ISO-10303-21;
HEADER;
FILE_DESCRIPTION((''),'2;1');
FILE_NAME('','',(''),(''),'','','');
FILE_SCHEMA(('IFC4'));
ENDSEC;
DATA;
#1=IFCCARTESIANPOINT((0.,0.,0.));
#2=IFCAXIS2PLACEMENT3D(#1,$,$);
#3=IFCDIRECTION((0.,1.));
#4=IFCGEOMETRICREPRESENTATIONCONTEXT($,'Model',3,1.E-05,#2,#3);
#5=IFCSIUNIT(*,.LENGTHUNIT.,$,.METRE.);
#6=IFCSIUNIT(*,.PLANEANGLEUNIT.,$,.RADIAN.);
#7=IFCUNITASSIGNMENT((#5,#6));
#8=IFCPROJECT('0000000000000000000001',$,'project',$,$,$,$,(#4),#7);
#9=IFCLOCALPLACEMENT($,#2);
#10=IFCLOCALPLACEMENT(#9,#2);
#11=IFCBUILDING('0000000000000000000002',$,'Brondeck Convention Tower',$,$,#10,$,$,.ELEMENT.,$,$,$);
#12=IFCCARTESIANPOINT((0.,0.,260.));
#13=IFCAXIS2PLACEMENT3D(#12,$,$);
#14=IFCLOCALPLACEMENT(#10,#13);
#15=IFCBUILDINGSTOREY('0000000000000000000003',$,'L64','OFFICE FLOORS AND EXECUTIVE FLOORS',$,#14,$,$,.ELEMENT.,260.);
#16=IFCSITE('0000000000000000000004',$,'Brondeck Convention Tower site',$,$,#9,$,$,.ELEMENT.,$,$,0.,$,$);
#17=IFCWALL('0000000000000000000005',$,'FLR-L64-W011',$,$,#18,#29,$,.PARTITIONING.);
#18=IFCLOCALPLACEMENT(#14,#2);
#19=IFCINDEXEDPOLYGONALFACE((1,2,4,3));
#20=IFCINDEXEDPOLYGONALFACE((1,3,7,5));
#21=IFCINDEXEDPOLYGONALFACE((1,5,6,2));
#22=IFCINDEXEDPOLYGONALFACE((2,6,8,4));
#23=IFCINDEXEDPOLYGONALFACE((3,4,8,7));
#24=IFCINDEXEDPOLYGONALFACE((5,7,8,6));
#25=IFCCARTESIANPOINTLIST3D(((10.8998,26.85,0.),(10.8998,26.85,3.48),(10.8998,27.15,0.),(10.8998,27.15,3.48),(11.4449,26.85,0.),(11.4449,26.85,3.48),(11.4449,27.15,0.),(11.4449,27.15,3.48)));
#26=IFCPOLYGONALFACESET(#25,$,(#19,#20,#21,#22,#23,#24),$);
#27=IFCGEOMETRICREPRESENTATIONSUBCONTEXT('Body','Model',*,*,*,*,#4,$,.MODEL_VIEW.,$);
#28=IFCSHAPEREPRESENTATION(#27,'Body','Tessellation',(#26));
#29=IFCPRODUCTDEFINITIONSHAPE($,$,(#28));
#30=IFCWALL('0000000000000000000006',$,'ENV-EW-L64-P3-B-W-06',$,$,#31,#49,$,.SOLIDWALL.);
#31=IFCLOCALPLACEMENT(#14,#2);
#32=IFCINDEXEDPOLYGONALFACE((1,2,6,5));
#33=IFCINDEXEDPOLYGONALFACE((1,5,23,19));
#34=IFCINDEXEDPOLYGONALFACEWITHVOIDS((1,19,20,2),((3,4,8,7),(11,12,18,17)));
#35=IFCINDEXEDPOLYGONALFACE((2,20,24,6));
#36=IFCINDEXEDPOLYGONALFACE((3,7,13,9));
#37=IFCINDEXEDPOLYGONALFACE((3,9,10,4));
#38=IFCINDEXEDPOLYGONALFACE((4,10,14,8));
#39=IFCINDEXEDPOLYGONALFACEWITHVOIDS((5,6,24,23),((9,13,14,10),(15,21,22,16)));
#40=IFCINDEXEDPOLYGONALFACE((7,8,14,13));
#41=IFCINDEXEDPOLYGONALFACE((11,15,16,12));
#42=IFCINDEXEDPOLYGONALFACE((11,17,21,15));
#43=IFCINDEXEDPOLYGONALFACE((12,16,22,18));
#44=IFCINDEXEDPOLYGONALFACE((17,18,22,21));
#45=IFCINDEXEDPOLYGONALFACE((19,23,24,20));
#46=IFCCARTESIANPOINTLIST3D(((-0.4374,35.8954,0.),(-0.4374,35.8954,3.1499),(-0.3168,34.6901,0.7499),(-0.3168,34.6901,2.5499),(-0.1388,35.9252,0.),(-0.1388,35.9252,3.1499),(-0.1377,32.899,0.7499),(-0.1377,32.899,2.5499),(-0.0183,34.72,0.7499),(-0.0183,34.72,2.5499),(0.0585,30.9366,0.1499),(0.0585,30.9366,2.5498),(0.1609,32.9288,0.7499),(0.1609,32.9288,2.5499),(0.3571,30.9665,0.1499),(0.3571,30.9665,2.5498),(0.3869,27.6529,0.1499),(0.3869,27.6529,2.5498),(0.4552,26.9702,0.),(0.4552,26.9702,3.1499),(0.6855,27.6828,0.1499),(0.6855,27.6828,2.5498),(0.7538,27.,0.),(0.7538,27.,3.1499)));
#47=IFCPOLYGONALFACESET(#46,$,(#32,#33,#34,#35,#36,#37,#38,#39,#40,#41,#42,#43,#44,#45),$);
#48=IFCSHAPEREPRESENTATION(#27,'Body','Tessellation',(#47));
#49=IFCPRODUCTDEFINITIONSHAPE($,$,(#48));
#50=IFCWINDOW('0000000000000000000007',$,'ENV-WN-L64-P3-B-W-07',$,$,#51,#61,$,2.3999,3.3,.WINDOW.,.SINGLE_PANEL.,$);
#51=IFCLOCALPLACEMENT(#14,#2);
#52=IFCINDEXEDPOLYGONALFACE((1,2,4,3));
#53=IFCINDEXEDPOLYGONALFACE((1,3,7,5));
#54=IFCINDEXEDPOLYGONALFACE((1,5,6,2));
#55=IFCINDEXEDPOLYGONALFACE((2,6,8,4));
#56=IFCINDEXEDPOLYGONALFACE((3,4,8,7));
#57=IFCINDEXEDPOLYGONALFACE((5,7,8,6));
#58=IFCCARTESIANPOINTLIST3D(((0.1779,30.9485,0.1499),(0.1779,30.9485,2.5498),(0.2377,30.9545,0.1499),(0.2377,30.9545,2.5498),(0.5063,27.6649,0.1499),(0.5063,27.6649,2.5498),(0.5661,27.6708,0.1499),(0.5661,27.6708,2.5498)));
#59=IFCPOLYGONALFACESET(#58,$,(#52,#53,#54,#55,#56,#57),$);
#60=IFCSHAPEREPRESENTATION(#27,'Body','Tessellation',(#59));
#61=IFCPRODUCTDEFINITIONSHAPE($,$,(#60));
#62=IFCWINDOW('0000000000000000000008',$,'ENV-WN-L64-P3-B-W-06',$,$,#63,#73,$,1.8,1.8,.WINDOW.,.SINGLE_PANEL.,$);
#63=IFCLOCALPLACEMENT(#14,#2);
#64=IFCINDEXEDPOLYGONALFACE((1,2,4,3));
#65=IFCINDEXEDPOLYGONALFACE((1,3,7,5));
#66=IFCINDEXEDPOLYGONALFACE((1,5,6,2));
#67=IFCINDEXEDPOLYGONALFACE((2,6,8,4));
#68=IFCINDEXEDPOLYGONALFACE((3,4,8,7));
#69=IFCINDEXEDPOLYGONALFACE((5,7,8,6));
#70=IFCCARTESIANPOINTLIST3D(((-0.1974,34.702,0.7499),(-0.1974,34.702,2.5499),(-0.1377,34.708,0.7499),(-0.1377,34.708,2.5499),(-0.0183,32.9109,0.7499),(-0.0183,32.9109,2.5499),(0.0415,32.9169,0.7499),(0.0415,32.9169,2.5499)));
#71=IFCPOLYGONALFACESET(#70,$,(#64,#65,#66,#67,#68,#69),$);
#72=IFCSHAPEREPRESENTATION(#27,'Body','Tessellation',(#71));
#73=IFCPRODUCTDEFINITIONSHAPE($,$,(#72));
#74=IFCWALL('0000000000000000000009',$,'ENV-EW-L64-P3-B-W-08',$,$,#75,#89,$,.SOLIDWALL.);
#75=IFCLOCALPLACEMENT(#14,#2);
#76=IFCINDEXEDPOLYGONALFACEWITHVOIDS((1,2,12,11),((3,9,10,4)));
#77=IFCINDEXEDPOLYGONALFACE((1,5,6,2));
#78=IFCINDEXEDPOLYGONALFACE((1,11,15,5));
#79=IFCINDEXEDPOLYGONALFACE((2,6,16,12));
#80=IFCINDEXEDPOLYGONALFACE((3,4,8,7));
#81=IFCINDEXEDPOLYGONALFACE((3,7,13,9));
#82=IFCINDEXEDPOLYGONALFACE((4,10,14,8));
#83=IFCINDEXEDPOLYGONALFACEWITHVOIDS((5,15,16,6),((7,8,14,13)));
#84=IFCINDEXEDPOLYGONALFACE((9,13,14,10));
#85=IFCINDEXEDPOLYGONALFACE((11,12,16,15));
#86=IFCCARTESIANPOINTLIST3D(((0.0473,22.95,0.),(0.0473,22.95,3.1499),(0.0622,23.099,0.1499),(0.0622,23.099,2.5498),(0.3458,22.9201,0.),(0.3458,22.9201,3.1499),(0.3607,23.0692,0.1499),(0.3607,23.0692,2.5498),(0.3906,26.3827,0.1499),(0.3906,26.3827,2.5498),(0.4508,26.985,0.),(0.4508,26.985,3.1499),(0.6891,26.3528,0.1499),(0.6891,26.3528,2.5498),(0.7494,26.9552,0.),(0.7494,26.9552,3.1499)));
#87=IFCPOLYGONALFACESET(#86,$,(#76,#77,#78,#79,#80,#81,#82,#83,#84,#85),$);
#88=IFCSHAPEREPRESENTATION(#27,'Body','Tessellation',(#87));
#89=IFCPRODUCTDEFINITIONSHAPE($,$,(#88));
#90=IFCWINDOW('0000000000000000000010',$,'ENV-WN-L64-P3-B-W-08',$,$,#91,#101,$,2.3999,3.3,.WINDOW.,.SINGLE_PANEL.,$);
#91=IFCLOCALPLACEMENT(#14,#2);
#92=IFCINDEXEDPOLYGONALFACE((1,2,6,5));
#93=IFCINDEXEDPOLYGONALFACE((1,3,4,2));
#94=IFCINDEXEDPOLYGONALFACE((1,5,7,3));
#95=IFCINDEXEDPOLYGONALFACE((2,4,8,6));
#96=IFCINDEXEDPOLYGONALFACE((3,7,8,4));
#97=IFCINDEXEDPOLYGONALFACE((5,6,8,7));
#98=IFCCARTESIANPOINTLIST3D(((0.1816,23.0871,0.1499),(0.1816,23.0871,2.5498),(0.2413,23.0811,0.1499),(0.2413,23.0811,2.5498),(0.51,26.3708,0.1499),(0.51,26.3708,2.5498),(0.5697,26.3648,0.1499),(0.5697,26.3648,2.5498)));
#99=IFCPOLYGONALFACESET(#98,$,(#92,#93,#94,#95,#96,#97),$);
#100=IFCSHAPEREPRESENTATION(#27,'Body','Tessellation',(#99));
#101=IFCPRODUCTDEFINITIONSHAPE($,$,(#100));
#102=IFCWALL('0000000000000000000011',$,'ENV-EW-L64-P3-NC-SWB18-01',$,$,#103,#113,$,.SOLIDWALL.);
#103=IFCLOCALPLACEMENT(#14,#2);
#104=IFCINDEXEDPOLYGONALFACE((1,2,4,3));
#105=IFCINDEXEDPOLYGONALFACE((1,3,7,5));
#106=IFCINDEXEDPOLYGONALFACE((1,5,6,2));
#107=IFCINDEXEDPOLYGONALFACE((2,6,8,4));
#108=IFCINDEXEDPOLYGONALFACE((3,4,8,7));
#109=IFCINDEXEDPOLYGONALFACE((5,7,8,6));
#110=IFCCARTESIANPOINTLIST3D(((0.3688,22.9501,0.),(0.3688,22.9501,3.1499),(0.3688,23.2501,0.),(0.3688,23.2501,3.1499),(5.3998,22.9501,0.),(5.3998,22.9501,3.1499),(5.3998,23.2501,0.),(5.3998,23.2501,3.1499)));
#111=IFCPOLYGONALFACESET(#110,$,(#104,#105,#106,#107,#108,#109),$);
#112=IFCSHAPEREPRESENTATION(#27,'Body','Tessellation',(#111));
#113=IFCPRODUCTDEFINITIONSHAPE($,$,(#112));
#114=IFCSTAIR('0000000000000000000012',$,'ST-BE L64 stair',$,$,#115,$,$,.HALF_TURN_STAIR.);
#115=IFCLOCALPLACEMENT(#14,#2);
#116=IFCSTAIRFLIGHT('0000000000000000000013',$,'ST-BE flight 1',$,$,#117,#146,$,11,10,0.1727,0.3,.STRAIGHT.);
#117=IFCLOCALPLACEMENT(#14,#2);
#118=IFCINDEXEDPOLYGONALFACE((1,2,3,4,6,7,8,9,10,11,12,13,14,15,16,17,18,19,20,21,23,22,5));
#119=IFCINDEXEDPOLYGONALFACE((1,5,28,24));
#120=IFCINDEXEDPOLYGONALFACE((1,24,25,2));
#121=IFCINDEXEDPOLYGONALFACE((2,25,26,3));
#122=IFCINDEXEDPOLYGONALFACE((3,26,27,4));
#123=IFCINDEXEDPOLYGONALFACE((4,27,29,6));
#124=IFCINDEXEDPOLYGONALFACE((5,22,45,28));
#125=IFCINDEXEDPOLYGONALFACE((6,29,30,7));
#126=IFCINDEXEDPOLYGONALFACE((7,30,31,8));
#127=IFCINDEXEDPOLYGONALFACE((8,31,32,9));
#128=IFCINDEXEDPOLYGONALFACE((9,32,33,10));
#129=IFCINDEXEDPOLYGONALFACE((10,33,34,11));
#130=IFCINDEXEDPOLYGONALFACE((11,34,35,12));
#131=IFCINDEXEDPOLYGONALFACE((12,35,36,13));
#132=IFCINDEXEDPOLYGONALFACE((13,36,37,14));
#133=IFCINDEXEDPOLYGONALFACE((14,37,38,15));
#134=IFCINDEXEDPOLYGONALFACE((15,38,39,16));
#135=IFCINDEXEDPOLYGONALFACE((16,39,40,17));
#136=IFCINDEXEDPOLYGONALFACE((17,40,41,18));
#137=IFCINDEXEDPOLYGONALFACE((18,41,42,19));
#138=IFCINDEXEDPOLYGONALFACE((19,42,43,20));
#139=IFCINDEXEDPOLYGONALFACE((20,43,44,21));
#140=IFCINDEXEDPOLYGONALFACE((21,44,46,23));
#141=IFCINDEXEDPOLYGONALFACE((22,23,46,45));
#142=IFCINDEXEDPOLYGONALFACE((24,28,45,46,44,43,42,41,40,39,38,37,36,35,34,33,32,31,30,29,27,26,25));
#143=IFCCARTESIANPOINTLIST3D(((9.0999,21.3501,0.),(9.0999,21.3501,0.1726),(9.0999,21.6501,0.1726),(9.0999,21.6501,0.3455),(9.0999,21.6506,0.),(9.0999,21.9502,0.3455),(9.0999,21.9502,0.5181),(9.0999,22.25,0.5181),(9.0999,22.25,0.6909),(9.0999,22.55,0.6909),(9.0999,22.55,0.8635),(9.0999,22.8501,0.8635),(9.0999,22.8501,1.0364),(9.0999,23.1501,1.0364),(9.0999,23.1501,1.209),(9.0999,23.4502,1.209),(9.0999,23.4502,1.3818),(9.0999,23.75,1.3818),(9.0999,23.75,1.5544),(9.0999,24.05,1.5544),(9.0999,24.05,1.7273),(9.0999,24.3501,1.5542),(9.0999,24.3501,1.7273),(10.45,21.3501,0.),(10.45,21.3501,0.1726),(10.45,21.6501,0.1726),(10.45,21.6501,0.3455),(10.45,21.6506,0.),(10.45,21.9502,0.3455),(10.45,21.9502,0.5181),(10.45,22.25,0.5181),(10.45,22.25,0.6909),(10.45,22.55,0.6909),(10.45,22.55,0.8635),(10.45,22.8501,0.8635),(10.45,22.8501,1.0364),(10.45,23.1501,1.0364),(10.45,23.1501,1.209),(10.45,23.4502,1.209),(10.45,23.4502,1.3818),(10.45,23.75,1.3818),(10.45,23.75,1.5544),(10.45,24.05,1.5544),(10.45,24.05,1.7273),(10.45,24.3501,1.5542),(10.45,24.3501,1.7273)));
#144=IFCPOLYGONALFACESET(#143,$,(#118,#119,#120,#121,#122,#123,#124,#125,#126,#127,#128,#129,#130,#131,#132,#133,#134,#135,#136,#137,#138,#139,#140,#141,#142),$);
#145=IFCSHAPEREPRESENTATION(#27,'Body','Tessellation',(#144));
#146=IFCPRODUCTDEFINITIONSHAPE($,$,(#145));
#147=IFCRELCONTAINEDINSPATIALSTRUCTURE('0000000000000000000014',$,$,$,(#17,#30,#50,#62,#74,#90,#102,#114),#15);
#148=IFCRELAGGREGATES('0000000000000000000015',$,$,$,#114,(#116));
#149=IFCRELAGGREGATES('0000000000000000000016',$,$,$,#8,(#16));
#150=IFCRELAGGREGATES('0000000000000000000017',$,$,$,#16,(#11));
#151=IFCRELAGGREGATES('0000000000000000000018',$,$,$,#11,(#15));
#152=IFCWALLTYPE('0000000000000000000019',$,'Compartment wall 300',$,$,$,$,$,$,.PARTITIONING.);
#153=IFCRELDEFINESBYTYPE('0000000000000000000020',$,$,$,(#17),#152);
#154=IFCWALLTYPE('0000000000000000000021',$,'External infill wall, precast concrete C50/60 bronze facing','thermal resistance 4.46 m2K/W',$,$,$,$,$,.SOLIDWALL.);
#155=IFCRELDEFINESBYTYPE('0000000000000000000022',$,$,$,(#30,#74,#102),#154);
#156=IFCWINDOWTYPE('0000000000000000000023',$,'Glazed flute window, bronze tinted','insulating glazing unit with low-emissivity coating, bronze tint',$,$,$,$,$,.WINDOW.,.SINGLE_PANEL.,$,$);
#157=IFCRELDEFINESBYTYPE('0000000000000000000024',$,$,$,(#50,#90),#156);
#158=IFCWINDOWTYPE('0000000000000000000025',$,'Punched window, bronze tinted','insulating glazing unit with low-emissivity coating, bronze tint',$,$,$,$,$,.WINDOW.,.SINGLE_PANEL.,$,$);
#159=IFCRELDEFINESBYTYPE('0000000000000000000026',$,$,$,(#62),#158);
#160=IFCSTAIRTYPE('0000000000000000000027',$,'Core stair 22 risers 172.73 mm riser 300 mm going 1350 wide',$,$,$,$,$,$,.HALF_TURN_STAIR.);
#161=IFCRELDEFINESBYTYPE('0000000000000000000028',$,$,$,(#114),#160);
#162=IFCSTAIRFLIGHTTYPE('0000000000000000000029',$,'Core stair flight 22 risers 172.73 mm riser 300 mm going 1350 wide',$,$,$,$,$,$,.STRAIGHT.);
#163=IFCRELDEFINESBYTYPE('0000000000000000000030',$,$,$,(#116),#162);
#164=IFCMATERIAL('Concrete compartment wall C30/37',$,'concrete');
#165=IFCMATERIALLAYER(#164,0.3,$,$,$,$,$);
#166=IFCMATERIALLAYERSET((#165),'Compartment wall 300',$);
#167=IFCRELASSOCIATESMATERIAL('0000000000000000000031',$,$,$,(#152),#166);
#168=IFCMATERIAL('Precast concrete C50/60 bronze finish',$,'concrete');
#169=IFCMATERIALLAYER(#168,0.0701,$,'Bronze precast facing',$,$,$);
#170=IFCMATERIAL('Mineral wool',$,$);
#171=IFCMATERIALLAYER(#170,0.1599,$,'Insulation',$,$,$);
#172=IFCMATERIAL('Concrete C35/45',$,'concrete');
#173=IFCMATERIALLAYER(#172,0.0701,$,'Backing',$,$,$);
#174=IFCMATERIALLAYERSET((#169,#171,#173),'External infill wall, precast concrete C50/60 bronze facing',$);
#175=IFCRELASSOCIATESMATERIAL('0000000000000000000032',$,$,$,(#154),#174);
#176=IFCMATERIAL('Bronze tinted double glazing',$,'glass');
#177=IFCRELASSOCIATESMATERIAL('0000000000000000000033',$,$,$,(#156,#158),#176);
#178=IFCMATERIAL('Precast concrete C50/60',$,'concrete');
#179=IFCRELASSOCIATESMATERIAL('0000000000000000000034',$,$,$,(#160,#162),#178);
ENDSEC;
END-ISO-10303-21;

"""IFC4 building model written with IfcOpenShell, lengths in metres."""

from ifc_helpers import new_model, si_unit, direction, frame, frame_2d, origin, place, context, subcontext, project, spatial, polyline, rectangle, outline, extrude, material, layer, layer_set, type_object, element, fill, aggregate, save


model = new_model("IFC4")

# Units and contexts
model_context = context("Model", 3, precision=1e-05, world=origin(), true_north=direction((0.0, 1.0)))
body_context = subcontext(model_context, "Body", "Model", "MODEL_VIEW")
ifc_project = project(units=[si_unit("LENGTHUNIT", "METRE"), si_unit("PLANEANGLEUNIT", "RADIAN")], contexts=[model_context])

# Site, building, storey
site_placement = place(None, origin())
site = spatial("IfcSite", under=ifc_project, at=site_placement, Name="Brondeck Convention Tower site", CompositionType="ELEMENT", RefElevation=0.0)
building_placement = place(site_placement, origin())
building = spatial("IfcBuilding", under=site, at=building_placement, Name="Brondeck Convention Tower", CompositionType="ELEMENT")
storey_placement = place(building_placement, frame((0.0, 0.0, 260.0)))
storey = spatial("IfcBuildingStorey", under=building, at=storey_placement, Name="L64", Description="OFFICE FLOORS AND EXECUTIVE FLOORS", CompositionType="ELEMENT", Elevation=260.0)

# Wall
ifc_material_1 = material(Name="Concrete compartment wall C30/37", Category="concrete")
ifc_layer_1 = layer(ifc_material_1, 0.3)
ifc_layer_set_1 = layer_set([ifc_layer_1], Name="Compartment wall 300")
wall_type_1 = type_object("IfcWallType", Name="Compartment wall 300", PredefinedType="PARTITIONING", material=ifc_layer_set_1)
wall_1_placement = place(storey_placement, frame((10.8999, 27.0, 0.0), z_axis=(0.0, 0.0, 1.0), x_axis=(1.0, 0.0, 0.0)))
element("IfcWall", 1, at=wall_1_placement, inside=storey, type_object=wall_type_1, Name="FLR-L64-W011", PredefinedType="PARTITIONING", context=body_context, shape_type="SweptSolid", body=[
    extrude(rectangle(XDim=0.5452, YDim=0.3, at=frame_2d((0.2725, 0.0))), origin(), (0.0, 0.0, 1.0), 3.48),
])

# Wall, openings, windows
ifc_material_2 = material(Name="Precast concrete C50/60 bronze finish", Category="concrete")
ifc_layer_2 = layer(ifc_material_2, 0.0701, Name="Bronze precast facing")
ifc_material_3 = material(Name="Mineral wool")
ifc_layer_3 = layer(ifc_material_3, 0.1599, Name="Insulation")
ifc_material_4 = material(Name="Concrete C35/45", Category="concrete")
ifc_layer_4 = layer(ifc_material_4, 0.0701, Name="Backing")
ifc_layer_set_2 = layer_set([ifc_layer_2, ifc_layer_3, ifc_layer_4], Name="External infill wall, precast concrete C50/60 bronze facing")
wall_type_2 = type_object("IfcWallType", Name="External infill wall, precast concrete C50/60 bronze facing", Description="thermal resistance 4.46 m2K/W", PredefinedType="SOLIDWALL", material=ifc_layer_set_2)
wall_2_placement = place(storey_placement, frame((0.6045, 26.9851, 0.0), z_axis=(0.0, 0.0, 1.0), x_axis=(-0.099509, 0.995037, 0.0)))
wall_2 = element("IfcWall", 2, at=wall_2_placement, inside=storey, type_object=wall_type_2, Name="ENV-EW-L64-P3-B-W-06", PredefinedType="SOLIDWALL", context=body_context, shape_type="SweptSolid", body=[
    extrude(rectangle(XDim=8.9697, YDim=0.3, at=frame_2d((4.4849, 0.0))), origin(), (0.0, 0.0, 1.0), 3.1499),
])
opening_1_placement = place(wall_2_placement, frame((0.6863, 0.0, 0.1499)))
opening_1 = element("IfcOpeningElement", 3, at=opening_1_placement, cuts=wall_2, PredefinedType="OPENING", context=body_context, shape_type="SweptSolid", body=[
    extrude(rectangle(XDim=3.3, YDim=2.3999, at=frame_2d((1.6499, 1.2))), frame((0.0, 0.1599, 0.0), z_axis=(0.0, -1.0, 0.0), x_axis=(1.0, 0.0, 0.0)), (0.0, 0.0, 1.0), 0.3201),
])
opening_2_placement = place(wall_2_placement, frame((5.9585, 0.0, 0.75)))
opening_2 = element("IfcOpeningElement", 4, at=opening_2_placement, cuts=wall_2, PredefinedType="OPENING", context=body_context, shape_type="SweptSolid", body=[
    extrude(rectangle(XDim=1.8, YDim=1.8, at=frame_2d((0.8999, 0.8999))), frame((0.0, 0.1599, 0.0), z_axis=(0.0, -1.0, 0.0), x_axis=(1.0, 0.0, 0.0)), (0.0, 0.0, 1.0), 0.3201),
])
ifc_material_5 = material(Name="Bronze tinted double glazing", Category="glass")
window_type_1 = type_object("IfcWindowType", Name="Glazed flute window, bronze tinted", Description="insulating glazing unit with low-emissivity coating, bronze tint", PartitioningType="SINGLE_PANEL", PredefinedType="WINDOW", material=ifc_material_5)
window_1_placement = place(opening_1_placement, origin())
window_1 = element("IfcWindow", 5, at=window_1_placement, inside=storey, type_object=window_type_1, Name="ENV-WN-L64-P3-B-W-07", OverallHeight=2.3999, OverallWidth=3.3, PartitioningType="SINGLE_PANEL", PredefinedType="WINDOW", context=body_context, shape_type="SweptSolid", body=[
    extrude(rectangle(XDim=3.3, YDim=2.3999, at=frame_2d((1.6499, 1.2))), frame((0.0, 0.03, 0.0), z_axis=(0.0, -1.0, 0.0), x_axis=(1.0, 0.0, 0.0)), (0.0, 0.0, 1.0), 0.0601),
])
fill(opening_1, window_1)
window_type_2 = type_object("IfcWindowType", Name="Punched window, bronze tinted", Description="insulating glazing unit with low-emissivity coating, bronze tint", PartitioningType="SINGLE_PANEL", PredefinedType="WINDOW", material=ifc_material_5)
window_2_placement = place(opening_2_placement, origin())
window_2 = element("IfcWindow", 6, at=window_2_placement, inside=storey, type_object=window_type_2, Name="ENV-WN-L64-P3-B-W-06", OverallHeight=1.8, OverallWidth=1.8, PartitioningType="SINGLE_PANEL", PredefinedType="WINDOW", context=body_context, shape_type="SweptSolid", body=[
    extrude(rectangle(XDim=1.8, YDim=1.8, at=frame_2d((0.8999, 0.8999))), frame((0.0, 0.03, 0.0), z_axis=(0.0, -1.0, 0.0), x_axis=(1.0, 0.0, 0.0)), (0.0, 0.0, 1.0), 0.0601),
])
fill(opening_2, window_2)

# Wall, opening, window
wall_3_placement = place(storey_placement, frame((0.1965, 22.9351, 0.0), z_axis=(0.0, 0.0, 1.0), x_axis=(0.099516, 0.995036, 0.0)))
wall_3 = element("IfcWall", 7, at=wall_3_placement, inside=storey, type_object=wall_type_2, Name="ENV-EW-L64-P3-B-W-08", PredefinedType="SOLIDWALL", context=body_context, shape_type="SweptSolid", body=[
    extrude(rectangle(XDim=4.0552, YDim=0.3, at=frame_2d((2.0276, 0.0))), origin(), (0.0, 0.0, 1.0), 3.1499),
])
opening_3_placement = place(wall_3_placement, frame((0.1499, 0.0, 0.1499)))
opening_3 = element("IfcOpeningElement", 8, at=opening_3_placement, cuts=wall_3, PredefinedType="OPENING", context=body_context, shape_type="SweptSolid", body=[
    extrude(rectangle(XDim=3.3, YDim=2.3999, at=frame_2d((1.6499, 1.2))), frame((0.0, 0.1599, 0.0), z_axis=(0.0, -1.0, 0.0), x_axis=(1.0, 0.0, 0.0)), (0.0, 0.0, 1.0), 0.3201),
])
window_3_placement = place(opening_3_placement, origin())
window_3 = element("IfcWindow", 9, at=window_3_placement, inside=storey, type_object=window_type_1, Name="ENV-WN-L64-P3-B-W-08", OverallHeight=2.3999, OverallWidth=3.3, PartitioningType="SINGLE_PANEL", PredefinedType="WINDOW", context=body_context, shape_type="SweptSolid", body=[
    extrude(rectangle(XDim=3.3, YDim=2.3999, at=frame_2d((1.6499, 1.2))), frame((0.0, 0.03, 0.0), z_axis=(0.0, -1.0, 0.0), x_axis=(1.0, 0.0, 0.0)), (0.0, 0.0, 1.0), 0.0601),
])
fill(opening_3, window_3)

# Wall
wall_4_placement = place(storey_placement, frame((5.3999, 23.1001, 0.0), z_axis=(0.0, 0.0, 1.0), x_axis=(-1.0, 0.0, 0.0)))
element("IfcWall", 10, at=wall_4_placement, inside=storey, type_object=wall_type_2, Name="ENV-EW-L64-P3-NC-SWB18-01", PredefinedType="SOLIDWALL", context=body_context, shape_type="SweptSolid", body=[
    extrude(rectangle(XDim=5.031, YDim=0.3, at=frame_2d((2.5156, 0.0))), origin(), (0.0, 0.0, 1.0), 3.1499),
])

# Stair, stair flight
ifc_material_6 = material(Name="Precast concrete C50/60", Category="concrete")
stair_type = type_object("IfcStairType", Name="Core stair 22 risers 172.73 mm riser 300 mm going 1350 wide", PredefinedType="HALF_TURN_STAIR", material=ifc_material_6)
stair_placement = place(storey_placement, origin())
stair = element("IfcStair", 11, at=stair_placement, inside=storey, type_object=stair_type, Name="ST-BE L64 stair", PredefinedType="HALF_TURN_STAIR")
stair_flight_type = type_object("IfcStairFlightType", Name="Core stair flight 22 risers 172.73 mm riser 300 mm going 1350 wide", PredefinedType="STRAIGHT", material=ifc_material_6)
stair_flight_1_placement = place(storey_placement, frame((9.7749, 21.3501, 0.0), z_axis=(0.0, 0.0, 1.0), x_axis=(0.0, 1.0, 0.0)))
stair_flight_1 = element("IfcStairFlight", 12, at=stair_flight_1_placement, type_object=stair_flight_type, Name="ST-BE flight 1", NumberOfRisers=11, NumberOfTreads=10, PredefinedType="STRAIGHT", RiserHeight=0.1727, TreadLength=0.3, context=body_context, shape_type="SweptSolid", body=[
    extrude(outline(polyline([(0.0, 0.0), (0.0, 0.1726), (0.3, 0.1726), (0.3, 0.3455), (0.6001, 0.3455), (0.6001, 0.5181), (0.8999, 0.5181), (0.8999, 0.6909), (1.2, 0.6909), (1.2, 0.8635), (1.5, 0.8635), (1.5, 1.0364), (1.8, 1.0364), (1.8, 1.209), (2.1001, 1.209), (2.1001, 1.3818), (2.3999, 1.3818), (2.3999, 1.5544), (2.7, 1.5544), (2.7, 1.7273), (3.0, 1.7273), (3.0, 1.8999), (3.0, 1.5542), (0.3005, 0.0), (0.0, 0.0)])), frame((0.0, 0.675, 0.0), z_axis=(0.0, -1.0, 0.0), x_axis=(1.0, 0.0, 0.0)), (0.0, 0.0, 1.0), 1.3501),
])
aggregate(stair, [stair_flight_1])

save(model, "model.ifc")
